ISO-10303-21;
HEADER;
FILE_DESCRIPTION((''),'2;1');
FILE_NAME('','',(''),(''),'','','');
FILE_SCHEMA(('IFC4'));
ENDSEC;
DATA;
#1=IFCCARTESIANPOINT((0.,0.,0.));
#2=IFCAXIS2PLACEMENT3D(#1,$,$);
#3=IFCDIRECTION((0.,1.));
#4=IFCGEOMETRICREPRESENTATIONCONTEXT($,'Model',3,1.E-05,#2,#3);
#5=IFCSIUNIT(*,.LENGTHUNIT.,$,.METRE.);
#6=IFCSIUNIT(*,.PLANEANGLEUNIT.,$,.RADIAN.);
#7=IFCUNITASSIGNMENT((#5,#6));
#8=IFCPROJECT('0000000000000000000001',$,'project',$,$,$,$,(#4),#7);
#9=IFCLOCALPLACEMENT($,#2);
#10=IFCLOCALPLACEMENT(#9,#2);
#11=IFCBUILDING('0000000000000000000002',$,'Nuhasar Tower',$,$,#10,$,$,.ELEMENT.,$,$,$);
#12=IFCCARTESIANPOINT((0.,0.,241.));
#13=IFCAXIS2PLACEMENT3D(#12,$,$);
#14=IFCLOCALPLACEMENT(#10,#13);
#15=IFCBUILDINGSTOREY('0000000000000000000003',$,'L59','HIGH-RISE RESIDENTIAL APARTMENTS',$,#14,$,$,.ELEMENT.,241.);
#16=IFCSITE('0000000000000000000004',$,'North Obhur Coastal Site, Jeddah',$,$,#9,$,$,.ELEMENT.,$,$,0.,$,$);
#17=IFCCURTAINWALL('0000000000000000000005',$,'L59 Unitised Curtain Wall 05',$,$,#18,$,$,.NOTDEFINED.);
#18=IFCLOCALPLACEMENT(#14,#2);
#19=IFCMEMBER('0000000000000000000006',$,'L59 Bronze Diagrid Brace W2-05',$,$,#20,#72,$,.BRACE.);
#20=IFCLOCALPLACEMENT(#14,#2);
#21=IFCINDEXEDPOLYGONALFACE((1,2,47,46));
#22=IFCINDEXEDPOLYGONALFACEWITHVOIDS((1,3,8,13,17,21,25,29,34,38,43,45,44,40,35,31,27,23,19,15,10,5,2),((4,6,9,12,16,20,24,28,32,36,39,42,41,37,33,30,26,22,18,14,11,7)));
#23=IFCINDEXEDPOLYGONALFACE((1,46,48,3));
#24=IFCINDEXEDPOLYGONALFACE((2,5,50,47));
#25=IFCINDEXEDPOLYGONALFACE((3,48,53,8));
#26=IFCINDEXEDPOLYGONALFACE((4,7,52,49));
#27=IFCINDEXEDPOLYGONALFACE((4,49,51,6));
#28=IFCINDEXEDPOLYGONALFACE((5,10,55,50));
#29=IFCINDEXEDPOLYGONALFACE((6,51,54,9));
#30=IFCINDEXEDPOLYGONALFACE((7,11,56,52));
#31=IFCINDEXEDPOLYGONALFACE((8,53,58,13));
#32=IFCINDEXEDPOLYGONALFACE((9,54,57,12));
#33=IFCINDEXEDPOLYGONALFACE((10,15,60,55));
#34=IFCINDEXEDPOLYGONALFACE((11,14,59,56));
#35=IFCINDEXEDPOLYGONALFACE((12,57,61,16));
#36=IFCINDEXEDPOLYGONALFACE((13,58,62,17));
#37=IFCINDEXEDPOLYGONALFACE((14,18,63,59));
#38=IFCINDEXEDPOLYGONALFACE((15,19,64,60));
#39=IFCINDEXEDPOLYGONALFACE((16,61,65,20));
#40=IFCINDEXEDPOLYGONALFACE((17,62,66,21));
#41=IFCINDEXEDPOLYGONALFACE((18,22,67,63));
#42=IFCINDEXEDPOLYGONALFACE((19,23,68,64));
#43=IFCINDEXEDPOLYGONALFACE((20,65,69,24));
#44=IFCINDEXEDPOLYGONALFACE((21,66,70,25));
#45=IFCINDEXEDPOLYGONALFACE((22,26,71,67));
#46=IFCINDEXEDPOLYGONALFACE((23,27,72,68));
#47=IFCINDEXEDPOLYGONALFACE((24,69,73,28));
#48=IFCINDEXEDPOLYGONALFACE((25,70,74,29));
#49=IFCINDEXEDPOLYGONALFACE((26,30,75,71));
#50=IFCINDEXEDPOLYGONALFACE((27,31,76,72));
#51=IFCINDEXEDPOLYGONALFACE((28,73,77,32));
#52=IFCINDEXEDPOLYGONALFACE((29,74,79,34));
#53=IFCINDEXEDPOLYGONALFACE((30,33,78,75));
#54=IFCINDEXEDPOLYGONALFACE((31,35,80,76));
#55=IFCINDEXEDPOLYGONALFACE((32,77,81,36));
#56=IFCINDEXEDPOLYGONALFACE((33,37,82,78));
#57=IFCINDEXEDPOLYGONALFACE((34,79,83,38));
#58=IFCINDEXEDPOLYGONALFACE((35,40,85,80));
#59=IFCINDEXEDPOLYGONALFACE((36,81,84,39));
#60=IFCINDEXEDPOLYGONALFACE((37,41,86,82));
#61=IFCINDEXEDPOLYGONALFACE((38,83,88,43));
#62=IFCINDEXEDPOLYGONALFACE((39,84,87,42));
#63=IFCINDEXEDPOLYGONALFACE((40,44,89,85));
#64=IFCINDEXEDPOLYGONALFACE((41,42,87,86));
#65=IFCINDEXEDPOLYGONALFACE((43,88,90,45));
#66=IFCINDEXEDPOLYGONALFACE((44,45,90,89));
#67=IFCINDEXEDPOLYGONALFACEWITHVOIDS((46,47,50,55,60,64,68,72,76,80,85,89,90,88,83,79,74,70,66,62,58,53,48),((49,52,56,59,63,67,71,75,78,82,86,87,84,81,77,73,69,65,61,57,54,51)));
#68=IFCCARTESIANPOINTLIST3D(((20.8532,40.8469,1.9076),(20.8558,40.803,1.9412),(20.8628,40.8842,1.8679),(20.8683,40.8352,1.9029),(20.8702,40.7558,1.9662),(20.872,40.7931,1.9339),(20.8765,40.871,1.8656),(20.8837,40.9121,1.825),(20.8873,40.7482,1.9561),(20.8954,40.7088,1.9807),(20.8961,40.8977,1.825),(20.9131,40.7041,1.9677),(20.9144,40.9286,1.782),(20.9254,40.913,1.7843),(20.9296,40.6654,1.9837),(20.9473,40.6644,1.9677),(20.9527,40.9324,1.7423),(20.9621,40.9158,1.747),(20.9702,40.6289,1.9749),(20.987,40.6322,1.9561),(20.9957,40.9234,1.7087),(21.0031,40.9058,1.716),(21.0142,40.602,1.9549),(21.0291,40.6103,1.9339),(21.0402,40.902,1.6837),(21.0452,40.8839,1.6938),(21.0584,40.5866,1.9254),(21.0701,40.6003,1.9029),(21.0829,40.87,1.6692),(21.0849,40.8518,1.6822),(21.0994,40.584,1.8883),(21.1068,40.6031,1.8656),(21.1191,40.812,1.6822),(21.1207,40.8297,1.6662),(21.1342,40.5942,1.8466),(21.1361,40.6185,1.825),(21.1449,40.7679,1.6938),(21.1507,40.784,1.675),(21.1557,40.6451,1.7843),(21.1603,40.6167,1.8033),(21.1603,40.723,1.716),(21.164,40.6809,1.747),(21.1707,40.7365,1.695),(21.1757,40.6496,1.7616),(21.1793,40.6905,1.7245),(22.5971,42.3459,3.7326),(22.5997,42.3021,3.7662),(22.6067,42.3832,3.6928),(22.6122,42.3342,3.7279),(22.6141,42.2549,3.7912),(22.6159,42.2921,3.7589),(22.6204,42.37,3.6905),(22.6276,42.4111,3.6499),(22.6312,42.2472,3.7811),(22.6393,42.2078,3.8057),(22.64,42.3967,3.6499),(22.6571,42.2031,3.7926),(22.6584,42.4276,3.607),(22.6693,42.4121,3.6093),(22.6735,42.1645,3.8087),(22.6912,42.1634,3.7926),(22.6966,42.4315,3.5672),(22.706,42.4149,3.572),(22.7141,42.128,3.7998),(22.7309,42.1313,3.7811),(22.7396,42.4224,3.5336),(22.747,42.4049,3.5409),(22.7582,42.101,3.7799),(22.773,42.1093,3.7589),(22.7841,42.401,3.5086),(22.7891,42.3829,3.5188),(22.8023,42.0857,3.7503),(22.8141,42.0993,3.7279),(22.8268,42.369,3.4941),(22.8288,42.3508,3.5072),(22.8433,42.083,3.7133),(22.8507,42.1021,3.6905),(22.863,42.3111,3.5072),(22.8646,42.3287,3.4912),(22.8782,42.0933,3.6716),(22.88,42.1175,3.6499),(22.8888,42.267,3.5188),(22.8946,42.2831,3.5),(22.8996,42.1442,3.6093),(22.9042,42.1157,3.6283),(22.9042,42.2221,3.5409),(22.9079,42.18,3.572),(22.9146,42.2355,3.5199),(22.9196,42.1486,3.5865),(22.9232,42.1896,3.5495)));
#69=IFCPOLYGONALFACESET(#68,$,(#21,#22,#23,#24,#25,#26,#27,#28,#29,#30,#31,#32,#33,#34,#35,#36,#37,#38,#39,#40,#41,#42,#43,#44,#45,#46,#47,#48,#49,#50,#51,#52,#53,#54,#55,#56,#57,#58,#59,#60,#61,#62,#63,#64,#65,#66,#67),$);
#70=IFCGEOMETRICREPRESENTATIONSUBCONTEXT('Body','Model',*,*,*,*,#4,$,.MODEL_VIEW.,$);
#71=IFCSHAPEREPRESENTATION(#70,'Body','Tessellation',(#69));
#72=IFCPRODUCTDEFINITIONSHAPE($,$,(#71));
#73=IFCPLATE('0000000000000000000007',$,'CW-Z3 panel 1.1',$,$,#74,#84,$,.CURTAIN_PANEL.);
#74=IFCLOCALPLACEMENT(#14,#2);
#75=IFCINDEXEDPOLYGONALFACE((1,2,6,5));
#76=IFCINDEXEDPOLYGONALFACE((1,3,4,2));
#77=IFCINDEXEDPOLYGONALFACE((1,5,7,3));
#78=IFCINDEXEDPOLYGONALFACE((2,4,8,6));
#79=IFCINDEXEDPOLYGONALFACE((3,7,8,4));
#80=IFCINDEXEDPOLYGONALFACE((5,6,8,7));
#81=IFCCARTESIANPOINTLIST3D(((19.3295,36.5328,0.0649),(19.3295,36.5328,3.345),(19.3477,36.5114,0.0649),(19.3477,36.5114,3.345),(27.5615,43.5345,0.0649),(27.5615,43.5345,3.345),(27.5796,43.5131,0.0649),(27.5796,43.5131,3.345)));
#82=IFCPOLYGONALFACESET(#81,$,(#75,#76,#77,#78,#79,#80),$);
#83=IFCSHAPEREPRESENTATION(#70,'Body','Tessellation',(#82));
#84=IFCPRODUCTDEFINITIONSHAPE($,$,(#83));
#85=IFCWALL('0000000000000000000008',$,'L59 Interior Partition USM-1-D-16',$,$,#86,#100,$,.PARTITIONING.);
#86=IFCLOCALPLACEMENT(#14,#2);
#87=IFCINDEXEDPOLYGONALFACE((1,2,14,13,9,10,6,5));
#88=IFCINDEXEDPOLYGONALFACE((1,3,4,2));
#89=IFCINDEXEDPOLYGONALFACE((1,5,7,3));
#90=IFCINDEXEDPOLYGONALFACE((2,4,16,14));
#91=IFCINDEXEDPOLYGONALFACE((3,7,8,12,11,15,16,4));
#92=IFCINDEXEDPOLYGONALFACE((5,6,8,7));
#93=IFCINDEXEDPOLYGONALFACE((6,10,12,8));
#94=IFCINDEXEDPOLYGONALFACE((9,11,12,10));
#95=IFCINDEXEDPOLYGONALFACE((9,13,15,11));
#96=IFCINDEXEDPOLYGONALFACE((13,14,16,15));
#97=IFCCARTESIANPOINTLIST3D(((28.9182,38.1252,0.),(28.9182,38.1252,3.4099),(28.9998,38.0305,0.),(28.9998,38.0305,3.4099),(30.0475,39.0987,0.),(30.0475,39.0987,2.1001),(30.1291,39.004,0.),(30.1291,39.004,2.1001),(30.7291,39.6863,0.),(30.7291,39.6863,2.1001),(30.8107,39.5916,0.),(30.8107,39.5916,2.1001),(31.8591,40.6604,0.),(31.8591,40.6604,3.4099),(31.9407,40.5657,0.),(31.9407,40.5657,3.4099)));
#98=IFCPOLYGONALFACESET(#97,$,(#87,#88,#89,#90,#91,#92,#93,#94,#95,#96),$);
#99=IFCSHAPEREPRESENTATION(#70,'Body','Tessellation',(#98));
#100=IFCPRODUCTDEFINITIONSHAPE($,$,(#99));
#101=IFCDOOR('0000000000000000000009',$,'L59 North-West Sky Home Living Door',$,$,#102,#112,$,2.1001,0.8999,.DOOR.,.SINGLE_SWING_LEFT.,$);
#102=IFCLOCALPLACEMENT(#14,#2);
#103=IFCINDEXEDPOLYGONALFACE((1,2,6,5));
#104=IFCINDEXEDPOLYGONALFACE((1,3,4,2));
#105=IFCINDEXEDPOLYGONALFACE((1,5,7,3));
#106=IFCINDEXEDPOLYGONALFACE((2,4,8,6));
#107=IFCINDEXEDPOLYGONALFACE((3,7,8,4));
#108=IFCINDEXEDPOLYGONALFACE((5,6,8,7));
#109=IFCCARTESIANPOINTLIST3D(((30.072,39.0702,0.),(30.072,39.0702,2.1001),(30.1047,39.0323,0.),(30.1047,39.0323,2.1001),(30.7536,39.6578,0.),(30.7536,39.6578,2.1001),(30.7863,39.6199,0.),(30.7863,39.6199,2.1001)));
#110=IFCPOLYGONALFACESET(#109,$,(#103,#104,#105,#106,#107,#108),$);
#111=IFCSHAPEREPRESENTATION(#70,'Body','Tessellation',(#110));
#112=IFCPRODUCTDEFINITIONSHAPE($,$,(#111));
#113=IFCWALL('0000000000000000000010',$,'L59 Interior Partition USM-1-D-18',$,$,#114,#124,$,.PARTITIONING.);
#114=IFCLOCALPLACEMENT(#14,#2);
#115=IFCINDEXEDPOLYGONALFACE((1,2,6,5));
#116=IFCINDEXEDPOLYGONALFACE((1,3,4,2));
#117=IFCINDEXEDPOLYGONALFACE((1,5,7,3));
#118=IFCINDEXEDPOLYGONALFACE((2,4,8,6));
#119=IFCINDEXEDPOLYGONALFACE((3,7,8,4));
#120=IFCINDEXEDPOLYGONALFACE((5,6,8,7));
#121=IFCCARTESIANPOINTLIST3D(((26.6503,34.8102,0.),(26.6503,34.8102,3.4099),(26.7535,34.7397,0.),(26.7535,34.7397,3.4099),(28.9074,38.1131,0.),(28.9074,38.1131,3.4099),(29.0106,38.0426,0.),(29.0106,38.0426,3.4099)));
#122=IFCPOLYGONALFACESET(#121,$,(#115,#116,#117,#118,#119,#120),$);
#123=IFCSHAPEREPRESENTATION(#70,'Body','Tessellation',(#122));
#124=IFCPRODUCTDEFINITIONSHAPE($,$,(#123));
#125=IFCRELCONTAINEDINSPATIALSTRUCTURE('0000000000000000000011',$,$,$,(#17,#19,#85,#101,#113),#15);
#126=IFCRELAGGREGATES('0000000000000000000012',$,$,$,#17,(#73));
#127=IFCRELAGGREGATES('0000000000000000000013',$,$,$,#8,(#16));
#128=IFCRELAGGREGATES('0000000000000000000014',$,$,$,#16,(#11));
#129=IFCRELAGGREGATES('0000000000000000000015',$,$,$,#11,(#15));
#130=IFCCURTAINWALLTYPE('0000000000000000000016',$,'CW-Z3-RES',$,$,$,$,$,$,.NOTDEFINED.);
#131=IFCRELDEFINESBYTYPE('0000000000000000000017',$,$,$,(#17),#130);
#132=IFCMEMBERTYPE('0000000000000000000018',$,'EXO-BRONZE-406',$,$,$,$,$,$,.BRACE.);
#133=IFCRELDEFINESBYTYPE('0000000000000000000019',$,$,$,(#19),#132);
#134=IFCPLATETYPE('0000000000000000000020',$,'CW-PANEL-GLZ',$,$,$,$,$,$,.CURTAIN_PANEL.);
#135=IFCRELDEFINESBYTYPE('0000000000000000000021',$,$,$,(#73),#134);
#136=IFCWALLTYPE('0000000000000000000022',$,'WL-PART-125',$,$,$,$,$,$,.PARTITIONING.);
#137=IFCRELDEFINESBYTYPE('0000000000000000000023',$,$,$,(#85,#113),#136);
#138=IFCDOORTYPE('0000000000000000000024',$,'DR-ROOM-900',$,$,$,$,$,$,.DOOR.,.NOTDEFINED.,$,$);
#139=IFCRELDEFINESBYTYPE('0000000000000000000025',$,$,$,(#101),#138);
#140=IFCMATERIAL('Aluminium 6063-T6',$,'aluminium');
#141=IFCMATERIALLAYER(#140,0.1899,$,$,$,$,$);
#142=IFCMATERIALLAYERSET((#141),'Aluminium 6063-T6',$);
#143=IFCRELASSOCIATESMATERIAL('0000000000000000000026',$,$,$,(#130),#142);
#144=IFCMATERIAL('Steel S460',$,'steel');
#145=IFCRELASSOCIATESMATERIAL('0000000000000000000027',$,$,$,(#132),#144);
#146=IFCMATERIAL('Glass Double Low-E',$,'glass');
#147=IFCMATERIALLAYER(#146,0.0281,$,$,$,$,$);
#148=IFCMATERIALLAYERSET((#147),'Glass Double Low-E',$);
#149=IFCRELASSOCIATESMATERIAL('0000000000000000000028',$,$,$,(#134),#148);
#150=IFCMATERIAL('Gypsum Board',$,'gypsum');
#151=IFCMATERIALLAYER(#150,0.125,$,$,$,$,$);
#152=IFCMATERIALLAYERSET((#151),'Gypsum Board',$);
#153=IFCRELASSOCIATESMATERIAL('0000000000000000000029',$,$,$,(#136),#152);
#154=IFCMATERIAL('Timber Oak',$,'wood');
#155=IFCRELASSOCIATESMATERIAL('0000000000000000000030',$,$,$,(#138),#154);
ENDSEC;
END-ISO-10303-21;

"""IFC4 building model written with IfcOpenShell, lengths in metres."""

from ifc_helpers import new_model, si_unit, direction, frame, frame_2d, origin, origin_2d, place, context, subcontext, project, spatial, rectangle, hollow_circle, extrude, material, layer, layer_set, material_profile, profile_set, type_object, element, fill, aggregate, save


model = new_model("IFC4")

# Units and contexts
model_context = context("Model", 3, precision=1e-05, world=origin(), true_north=direction((0.0, 1.0)))
body_context = subcontext(model_context, "Body", "Model", "MODEL_VIEW")
ifc_project = project(units=[si_unit("LENGTHUNIT", "METRE"), si_unit("PLANEANGLEUNIT", "RADIAN")], contexts=[model_context])

# Site, building, storey
site_placement = place(None, origin())
site = spatial("IfcSite", under=ifc_project, at=site_placement, Name="North Obhur Coastal Site, Jeddah", CompositionType="ELEMENT", RefElevation=0.0)
building_placement = place(site_placement, origin())
building = spatial("IfcBuilding", under=site, at=building_placement, Name="Nuhasar Tower", CompositionType="ELEMENT")
storey_placement = place(building_placement, frame((0.0, 0.0, 241.0)))
storey = spatial("IfcBuildingStorey", under=building, at=storey_placement, Name="L59", Description="HIGH-RISE RESIDENTIAL APARTMENTS", CompositionType="ELEMENT", Elevation=241.0)

# Shared definitions
ifc_material_1 = material(Name="Aluminium 6063-T6", Category="aluminium")
ifc_layer_1 = layer(ifc_material_1, 0.1899)
ifc_layer_set_1 = layer_set([ifc_layer_1], Name="Aluminium 6063-T6")
curtain_wall_type = type_object("IfcCurtainWallType", Name="CW-Z3-RES", PredefinedType="NOTDEFINED", material=ifc_layer_set_1)

# Curtain wall
curtain_wall_1_placement = place(storey_placement, origin())
curtain_wall_1 = element("IfcCurtainWall", 1, at=curtain_wall_1_placement, inside=storey, type_object=curtain_wall_type, Name="L59 Unitised Curtain Wall 05", PredefinedType="NOTDEFINED")

# Member
ifc_material_2 = material(Name="Steel S460", Category="steel")
ifc_material_profile_1 = material_profile(ifc_material_2, hollow_circle(Radius=0.2031, WallThickness=0.019, at=origin_2d()), Name="HSS406.4X19.1")
ifc_profile_set_1 = profile_set([ifc_material_profile_1], Name="Steel S460")
member_type_1 = type_object("IfcMemberType", Name="EXO-BRONZE-406", PredefinedType="BRACE", material=ifc_profile_set_1)
for number, where, z_axis, x_axis, name in (
    (2, (21.0161, 40.7581, 1.825), (0.594019, 0.510608, 0.621628), (-0.651857, 0.758342, 0.0), "L59 Bronze Diagrid Brace W2-05"),
):
    element("IfcMember", number, at=place(storey_placement, frame(where, z_axis=z_axis, x_axis=x_axis)), inside=storey, type_object=member_type_1, Name=name, PredefinedType="BRACE", context=body_context, shape_type="SweptSolid", body=[
        extrude(hollow_circle(Radius=0.2031, WallThickness=0.019, at=origin_2d()), origin(), (0.0, 0.0, 1.0), 2.9358),
    ])

# Plate
ifc_material_3 = material(Name="Glass Double Low-E", Category="glass")
ifc_layer_2 = layer(ifc_material_3, 0.0281)
ifc_layer_set_2 = layer_set([ifc_layer_2], Name="Glass Double Low-E")
plate_type = type_object("IfcPlateType", Name="CW-PANEL-GLZ", PredefinedType="CURTAIN_PANEL", material=ifc_layer_set_2)
plate_placement = place(storey_placement, frame((23.4546, 40.0229, 0.0649), z_axis=(0.0, 0.0, 1.0), x_axis=(-0.761729, -0.647895, 0.0)))
plate = element("IfcPlate", 3, at=plate_placement, type_object=plate_type, Name="CW-Z3 panel 1.1", PredefinedType="CURTAIN_PANEL", context=body_context, shape_type="SweptSolid", body=[
    extrude(rectangle(XDim=10.8069, YDim=0.0281, at=origin_2d()), origin(), (0.0, 0.0, 1.0), 3.28),
])
aggregate(curtain_wall_1, [plate])

# Wall, opening, door
ifc_material_4 = material(Name="Gypsum Board", Category="gypsum")
ifc_layer_3 = layer(ifc_material_4, 0.125)
ifc_layer_set_3 = layer_set([ifc_layer_3], Name="Gypsum Board")
wall_type = type_object("IfcWallType", Name="WL-PART-125", PredefinedType="PARTITIONING", material=ifc_layer_set_3)
wall_1_placement = place(storey_placement, frame((28.959, 38.0779, 0.0), z_axis=(0.0, 0.0, 1.0), x_axis=(0.757425, 0.652922, 0.0)))
wall_1 = element("IfcWall", 4, at=wall_1_placement, inside=storey, type_object=wall_type, Name="L59 Interior Partition USM-1-D-16", PredefinedType="PARTITIONING", context=body_context, shape_type="SweptSolid", body=[
    extrude(rectangle(XDim=3.8828, YDim=0.125, at=frame_2d((1.9414, 0.0))), origin(), (0.0, 0.0, 1.0), 3.4099),
])
opening_placement = place(wall_1_placement, frame((1.491, 0.0, 0.0)))
opening = element("IfcOpeningElement", 5, at=opening_placement, cuts=wall_1, PredefinedType="OPENING", context=body_context, shape_type="SweptSolid", body=[
    extrude(rectangle(XDim=0.8999, YDim=2.1001, at=frame_2d((0.45, 1.05))), frame((0.0, 0.0725, 0.0), z_axis=(0.0, -1.0, 0.0), x_axis=(1.0, 0.0, 0.0)), (0.0, 0.0, 1.0), 0.145),
])
ifc_material_5 = material(Name="Timber Oak", Category="wood")
door_type = type_object("IfcDoorType", Name="DR-ROOM-900", OperationType="NOTDEFINED", PredefinedType="DOOR", material=ifc_material_5)
door_placement = place(opening_placement, origin())
door = element("IfcDoor", 6, at=door_placement, inside=storey, type_object=door_type, Name="L59 North-West Sky Home Living Door", OperationType="SINGLE_SWING_LEFT", OverallHeight=2.1001, OverallWidth=0.8999, PredefinedType="DOOR", context=body_context, shape_type="SweptSolid", body=[
    extrude(rectangle(XDim=0.8999, YDim=2.1001, at=frame_2d((0.45, 1.05))), frame((0.0, 0.0249, 0.0), z_axis=(0.0, -1.0, 0.0), x_axis=(1.0, 0.0, 0.0)), (0.0, 0.0, 1.0), 0.05),
])
fill(opening, door)

# Wall
wall_2_placement = place(storey_placement, frame((28.959, 38.0779, 0.0), z_axis=(0.0, 0.0, 1.0), x_axis=(-0.564198, -0.825639, 0.0)))
element("IfcWall", 7, at=wall_2_placement, inside=storey, type_object=wall_type, Name="L59 Interior Partition USM-1-D-18", PredefinedType="PARTITIONING", context=body_context, shape_type="SweptSolid", body=[
    extrude(rectangle(XDim=4.0005, YDim=0.125, at=frame_2d((2.0002, 0.0))), origin(), (0.0, 0.0, 1.0), 3.4099),
])

save(model, "model.ifc")
